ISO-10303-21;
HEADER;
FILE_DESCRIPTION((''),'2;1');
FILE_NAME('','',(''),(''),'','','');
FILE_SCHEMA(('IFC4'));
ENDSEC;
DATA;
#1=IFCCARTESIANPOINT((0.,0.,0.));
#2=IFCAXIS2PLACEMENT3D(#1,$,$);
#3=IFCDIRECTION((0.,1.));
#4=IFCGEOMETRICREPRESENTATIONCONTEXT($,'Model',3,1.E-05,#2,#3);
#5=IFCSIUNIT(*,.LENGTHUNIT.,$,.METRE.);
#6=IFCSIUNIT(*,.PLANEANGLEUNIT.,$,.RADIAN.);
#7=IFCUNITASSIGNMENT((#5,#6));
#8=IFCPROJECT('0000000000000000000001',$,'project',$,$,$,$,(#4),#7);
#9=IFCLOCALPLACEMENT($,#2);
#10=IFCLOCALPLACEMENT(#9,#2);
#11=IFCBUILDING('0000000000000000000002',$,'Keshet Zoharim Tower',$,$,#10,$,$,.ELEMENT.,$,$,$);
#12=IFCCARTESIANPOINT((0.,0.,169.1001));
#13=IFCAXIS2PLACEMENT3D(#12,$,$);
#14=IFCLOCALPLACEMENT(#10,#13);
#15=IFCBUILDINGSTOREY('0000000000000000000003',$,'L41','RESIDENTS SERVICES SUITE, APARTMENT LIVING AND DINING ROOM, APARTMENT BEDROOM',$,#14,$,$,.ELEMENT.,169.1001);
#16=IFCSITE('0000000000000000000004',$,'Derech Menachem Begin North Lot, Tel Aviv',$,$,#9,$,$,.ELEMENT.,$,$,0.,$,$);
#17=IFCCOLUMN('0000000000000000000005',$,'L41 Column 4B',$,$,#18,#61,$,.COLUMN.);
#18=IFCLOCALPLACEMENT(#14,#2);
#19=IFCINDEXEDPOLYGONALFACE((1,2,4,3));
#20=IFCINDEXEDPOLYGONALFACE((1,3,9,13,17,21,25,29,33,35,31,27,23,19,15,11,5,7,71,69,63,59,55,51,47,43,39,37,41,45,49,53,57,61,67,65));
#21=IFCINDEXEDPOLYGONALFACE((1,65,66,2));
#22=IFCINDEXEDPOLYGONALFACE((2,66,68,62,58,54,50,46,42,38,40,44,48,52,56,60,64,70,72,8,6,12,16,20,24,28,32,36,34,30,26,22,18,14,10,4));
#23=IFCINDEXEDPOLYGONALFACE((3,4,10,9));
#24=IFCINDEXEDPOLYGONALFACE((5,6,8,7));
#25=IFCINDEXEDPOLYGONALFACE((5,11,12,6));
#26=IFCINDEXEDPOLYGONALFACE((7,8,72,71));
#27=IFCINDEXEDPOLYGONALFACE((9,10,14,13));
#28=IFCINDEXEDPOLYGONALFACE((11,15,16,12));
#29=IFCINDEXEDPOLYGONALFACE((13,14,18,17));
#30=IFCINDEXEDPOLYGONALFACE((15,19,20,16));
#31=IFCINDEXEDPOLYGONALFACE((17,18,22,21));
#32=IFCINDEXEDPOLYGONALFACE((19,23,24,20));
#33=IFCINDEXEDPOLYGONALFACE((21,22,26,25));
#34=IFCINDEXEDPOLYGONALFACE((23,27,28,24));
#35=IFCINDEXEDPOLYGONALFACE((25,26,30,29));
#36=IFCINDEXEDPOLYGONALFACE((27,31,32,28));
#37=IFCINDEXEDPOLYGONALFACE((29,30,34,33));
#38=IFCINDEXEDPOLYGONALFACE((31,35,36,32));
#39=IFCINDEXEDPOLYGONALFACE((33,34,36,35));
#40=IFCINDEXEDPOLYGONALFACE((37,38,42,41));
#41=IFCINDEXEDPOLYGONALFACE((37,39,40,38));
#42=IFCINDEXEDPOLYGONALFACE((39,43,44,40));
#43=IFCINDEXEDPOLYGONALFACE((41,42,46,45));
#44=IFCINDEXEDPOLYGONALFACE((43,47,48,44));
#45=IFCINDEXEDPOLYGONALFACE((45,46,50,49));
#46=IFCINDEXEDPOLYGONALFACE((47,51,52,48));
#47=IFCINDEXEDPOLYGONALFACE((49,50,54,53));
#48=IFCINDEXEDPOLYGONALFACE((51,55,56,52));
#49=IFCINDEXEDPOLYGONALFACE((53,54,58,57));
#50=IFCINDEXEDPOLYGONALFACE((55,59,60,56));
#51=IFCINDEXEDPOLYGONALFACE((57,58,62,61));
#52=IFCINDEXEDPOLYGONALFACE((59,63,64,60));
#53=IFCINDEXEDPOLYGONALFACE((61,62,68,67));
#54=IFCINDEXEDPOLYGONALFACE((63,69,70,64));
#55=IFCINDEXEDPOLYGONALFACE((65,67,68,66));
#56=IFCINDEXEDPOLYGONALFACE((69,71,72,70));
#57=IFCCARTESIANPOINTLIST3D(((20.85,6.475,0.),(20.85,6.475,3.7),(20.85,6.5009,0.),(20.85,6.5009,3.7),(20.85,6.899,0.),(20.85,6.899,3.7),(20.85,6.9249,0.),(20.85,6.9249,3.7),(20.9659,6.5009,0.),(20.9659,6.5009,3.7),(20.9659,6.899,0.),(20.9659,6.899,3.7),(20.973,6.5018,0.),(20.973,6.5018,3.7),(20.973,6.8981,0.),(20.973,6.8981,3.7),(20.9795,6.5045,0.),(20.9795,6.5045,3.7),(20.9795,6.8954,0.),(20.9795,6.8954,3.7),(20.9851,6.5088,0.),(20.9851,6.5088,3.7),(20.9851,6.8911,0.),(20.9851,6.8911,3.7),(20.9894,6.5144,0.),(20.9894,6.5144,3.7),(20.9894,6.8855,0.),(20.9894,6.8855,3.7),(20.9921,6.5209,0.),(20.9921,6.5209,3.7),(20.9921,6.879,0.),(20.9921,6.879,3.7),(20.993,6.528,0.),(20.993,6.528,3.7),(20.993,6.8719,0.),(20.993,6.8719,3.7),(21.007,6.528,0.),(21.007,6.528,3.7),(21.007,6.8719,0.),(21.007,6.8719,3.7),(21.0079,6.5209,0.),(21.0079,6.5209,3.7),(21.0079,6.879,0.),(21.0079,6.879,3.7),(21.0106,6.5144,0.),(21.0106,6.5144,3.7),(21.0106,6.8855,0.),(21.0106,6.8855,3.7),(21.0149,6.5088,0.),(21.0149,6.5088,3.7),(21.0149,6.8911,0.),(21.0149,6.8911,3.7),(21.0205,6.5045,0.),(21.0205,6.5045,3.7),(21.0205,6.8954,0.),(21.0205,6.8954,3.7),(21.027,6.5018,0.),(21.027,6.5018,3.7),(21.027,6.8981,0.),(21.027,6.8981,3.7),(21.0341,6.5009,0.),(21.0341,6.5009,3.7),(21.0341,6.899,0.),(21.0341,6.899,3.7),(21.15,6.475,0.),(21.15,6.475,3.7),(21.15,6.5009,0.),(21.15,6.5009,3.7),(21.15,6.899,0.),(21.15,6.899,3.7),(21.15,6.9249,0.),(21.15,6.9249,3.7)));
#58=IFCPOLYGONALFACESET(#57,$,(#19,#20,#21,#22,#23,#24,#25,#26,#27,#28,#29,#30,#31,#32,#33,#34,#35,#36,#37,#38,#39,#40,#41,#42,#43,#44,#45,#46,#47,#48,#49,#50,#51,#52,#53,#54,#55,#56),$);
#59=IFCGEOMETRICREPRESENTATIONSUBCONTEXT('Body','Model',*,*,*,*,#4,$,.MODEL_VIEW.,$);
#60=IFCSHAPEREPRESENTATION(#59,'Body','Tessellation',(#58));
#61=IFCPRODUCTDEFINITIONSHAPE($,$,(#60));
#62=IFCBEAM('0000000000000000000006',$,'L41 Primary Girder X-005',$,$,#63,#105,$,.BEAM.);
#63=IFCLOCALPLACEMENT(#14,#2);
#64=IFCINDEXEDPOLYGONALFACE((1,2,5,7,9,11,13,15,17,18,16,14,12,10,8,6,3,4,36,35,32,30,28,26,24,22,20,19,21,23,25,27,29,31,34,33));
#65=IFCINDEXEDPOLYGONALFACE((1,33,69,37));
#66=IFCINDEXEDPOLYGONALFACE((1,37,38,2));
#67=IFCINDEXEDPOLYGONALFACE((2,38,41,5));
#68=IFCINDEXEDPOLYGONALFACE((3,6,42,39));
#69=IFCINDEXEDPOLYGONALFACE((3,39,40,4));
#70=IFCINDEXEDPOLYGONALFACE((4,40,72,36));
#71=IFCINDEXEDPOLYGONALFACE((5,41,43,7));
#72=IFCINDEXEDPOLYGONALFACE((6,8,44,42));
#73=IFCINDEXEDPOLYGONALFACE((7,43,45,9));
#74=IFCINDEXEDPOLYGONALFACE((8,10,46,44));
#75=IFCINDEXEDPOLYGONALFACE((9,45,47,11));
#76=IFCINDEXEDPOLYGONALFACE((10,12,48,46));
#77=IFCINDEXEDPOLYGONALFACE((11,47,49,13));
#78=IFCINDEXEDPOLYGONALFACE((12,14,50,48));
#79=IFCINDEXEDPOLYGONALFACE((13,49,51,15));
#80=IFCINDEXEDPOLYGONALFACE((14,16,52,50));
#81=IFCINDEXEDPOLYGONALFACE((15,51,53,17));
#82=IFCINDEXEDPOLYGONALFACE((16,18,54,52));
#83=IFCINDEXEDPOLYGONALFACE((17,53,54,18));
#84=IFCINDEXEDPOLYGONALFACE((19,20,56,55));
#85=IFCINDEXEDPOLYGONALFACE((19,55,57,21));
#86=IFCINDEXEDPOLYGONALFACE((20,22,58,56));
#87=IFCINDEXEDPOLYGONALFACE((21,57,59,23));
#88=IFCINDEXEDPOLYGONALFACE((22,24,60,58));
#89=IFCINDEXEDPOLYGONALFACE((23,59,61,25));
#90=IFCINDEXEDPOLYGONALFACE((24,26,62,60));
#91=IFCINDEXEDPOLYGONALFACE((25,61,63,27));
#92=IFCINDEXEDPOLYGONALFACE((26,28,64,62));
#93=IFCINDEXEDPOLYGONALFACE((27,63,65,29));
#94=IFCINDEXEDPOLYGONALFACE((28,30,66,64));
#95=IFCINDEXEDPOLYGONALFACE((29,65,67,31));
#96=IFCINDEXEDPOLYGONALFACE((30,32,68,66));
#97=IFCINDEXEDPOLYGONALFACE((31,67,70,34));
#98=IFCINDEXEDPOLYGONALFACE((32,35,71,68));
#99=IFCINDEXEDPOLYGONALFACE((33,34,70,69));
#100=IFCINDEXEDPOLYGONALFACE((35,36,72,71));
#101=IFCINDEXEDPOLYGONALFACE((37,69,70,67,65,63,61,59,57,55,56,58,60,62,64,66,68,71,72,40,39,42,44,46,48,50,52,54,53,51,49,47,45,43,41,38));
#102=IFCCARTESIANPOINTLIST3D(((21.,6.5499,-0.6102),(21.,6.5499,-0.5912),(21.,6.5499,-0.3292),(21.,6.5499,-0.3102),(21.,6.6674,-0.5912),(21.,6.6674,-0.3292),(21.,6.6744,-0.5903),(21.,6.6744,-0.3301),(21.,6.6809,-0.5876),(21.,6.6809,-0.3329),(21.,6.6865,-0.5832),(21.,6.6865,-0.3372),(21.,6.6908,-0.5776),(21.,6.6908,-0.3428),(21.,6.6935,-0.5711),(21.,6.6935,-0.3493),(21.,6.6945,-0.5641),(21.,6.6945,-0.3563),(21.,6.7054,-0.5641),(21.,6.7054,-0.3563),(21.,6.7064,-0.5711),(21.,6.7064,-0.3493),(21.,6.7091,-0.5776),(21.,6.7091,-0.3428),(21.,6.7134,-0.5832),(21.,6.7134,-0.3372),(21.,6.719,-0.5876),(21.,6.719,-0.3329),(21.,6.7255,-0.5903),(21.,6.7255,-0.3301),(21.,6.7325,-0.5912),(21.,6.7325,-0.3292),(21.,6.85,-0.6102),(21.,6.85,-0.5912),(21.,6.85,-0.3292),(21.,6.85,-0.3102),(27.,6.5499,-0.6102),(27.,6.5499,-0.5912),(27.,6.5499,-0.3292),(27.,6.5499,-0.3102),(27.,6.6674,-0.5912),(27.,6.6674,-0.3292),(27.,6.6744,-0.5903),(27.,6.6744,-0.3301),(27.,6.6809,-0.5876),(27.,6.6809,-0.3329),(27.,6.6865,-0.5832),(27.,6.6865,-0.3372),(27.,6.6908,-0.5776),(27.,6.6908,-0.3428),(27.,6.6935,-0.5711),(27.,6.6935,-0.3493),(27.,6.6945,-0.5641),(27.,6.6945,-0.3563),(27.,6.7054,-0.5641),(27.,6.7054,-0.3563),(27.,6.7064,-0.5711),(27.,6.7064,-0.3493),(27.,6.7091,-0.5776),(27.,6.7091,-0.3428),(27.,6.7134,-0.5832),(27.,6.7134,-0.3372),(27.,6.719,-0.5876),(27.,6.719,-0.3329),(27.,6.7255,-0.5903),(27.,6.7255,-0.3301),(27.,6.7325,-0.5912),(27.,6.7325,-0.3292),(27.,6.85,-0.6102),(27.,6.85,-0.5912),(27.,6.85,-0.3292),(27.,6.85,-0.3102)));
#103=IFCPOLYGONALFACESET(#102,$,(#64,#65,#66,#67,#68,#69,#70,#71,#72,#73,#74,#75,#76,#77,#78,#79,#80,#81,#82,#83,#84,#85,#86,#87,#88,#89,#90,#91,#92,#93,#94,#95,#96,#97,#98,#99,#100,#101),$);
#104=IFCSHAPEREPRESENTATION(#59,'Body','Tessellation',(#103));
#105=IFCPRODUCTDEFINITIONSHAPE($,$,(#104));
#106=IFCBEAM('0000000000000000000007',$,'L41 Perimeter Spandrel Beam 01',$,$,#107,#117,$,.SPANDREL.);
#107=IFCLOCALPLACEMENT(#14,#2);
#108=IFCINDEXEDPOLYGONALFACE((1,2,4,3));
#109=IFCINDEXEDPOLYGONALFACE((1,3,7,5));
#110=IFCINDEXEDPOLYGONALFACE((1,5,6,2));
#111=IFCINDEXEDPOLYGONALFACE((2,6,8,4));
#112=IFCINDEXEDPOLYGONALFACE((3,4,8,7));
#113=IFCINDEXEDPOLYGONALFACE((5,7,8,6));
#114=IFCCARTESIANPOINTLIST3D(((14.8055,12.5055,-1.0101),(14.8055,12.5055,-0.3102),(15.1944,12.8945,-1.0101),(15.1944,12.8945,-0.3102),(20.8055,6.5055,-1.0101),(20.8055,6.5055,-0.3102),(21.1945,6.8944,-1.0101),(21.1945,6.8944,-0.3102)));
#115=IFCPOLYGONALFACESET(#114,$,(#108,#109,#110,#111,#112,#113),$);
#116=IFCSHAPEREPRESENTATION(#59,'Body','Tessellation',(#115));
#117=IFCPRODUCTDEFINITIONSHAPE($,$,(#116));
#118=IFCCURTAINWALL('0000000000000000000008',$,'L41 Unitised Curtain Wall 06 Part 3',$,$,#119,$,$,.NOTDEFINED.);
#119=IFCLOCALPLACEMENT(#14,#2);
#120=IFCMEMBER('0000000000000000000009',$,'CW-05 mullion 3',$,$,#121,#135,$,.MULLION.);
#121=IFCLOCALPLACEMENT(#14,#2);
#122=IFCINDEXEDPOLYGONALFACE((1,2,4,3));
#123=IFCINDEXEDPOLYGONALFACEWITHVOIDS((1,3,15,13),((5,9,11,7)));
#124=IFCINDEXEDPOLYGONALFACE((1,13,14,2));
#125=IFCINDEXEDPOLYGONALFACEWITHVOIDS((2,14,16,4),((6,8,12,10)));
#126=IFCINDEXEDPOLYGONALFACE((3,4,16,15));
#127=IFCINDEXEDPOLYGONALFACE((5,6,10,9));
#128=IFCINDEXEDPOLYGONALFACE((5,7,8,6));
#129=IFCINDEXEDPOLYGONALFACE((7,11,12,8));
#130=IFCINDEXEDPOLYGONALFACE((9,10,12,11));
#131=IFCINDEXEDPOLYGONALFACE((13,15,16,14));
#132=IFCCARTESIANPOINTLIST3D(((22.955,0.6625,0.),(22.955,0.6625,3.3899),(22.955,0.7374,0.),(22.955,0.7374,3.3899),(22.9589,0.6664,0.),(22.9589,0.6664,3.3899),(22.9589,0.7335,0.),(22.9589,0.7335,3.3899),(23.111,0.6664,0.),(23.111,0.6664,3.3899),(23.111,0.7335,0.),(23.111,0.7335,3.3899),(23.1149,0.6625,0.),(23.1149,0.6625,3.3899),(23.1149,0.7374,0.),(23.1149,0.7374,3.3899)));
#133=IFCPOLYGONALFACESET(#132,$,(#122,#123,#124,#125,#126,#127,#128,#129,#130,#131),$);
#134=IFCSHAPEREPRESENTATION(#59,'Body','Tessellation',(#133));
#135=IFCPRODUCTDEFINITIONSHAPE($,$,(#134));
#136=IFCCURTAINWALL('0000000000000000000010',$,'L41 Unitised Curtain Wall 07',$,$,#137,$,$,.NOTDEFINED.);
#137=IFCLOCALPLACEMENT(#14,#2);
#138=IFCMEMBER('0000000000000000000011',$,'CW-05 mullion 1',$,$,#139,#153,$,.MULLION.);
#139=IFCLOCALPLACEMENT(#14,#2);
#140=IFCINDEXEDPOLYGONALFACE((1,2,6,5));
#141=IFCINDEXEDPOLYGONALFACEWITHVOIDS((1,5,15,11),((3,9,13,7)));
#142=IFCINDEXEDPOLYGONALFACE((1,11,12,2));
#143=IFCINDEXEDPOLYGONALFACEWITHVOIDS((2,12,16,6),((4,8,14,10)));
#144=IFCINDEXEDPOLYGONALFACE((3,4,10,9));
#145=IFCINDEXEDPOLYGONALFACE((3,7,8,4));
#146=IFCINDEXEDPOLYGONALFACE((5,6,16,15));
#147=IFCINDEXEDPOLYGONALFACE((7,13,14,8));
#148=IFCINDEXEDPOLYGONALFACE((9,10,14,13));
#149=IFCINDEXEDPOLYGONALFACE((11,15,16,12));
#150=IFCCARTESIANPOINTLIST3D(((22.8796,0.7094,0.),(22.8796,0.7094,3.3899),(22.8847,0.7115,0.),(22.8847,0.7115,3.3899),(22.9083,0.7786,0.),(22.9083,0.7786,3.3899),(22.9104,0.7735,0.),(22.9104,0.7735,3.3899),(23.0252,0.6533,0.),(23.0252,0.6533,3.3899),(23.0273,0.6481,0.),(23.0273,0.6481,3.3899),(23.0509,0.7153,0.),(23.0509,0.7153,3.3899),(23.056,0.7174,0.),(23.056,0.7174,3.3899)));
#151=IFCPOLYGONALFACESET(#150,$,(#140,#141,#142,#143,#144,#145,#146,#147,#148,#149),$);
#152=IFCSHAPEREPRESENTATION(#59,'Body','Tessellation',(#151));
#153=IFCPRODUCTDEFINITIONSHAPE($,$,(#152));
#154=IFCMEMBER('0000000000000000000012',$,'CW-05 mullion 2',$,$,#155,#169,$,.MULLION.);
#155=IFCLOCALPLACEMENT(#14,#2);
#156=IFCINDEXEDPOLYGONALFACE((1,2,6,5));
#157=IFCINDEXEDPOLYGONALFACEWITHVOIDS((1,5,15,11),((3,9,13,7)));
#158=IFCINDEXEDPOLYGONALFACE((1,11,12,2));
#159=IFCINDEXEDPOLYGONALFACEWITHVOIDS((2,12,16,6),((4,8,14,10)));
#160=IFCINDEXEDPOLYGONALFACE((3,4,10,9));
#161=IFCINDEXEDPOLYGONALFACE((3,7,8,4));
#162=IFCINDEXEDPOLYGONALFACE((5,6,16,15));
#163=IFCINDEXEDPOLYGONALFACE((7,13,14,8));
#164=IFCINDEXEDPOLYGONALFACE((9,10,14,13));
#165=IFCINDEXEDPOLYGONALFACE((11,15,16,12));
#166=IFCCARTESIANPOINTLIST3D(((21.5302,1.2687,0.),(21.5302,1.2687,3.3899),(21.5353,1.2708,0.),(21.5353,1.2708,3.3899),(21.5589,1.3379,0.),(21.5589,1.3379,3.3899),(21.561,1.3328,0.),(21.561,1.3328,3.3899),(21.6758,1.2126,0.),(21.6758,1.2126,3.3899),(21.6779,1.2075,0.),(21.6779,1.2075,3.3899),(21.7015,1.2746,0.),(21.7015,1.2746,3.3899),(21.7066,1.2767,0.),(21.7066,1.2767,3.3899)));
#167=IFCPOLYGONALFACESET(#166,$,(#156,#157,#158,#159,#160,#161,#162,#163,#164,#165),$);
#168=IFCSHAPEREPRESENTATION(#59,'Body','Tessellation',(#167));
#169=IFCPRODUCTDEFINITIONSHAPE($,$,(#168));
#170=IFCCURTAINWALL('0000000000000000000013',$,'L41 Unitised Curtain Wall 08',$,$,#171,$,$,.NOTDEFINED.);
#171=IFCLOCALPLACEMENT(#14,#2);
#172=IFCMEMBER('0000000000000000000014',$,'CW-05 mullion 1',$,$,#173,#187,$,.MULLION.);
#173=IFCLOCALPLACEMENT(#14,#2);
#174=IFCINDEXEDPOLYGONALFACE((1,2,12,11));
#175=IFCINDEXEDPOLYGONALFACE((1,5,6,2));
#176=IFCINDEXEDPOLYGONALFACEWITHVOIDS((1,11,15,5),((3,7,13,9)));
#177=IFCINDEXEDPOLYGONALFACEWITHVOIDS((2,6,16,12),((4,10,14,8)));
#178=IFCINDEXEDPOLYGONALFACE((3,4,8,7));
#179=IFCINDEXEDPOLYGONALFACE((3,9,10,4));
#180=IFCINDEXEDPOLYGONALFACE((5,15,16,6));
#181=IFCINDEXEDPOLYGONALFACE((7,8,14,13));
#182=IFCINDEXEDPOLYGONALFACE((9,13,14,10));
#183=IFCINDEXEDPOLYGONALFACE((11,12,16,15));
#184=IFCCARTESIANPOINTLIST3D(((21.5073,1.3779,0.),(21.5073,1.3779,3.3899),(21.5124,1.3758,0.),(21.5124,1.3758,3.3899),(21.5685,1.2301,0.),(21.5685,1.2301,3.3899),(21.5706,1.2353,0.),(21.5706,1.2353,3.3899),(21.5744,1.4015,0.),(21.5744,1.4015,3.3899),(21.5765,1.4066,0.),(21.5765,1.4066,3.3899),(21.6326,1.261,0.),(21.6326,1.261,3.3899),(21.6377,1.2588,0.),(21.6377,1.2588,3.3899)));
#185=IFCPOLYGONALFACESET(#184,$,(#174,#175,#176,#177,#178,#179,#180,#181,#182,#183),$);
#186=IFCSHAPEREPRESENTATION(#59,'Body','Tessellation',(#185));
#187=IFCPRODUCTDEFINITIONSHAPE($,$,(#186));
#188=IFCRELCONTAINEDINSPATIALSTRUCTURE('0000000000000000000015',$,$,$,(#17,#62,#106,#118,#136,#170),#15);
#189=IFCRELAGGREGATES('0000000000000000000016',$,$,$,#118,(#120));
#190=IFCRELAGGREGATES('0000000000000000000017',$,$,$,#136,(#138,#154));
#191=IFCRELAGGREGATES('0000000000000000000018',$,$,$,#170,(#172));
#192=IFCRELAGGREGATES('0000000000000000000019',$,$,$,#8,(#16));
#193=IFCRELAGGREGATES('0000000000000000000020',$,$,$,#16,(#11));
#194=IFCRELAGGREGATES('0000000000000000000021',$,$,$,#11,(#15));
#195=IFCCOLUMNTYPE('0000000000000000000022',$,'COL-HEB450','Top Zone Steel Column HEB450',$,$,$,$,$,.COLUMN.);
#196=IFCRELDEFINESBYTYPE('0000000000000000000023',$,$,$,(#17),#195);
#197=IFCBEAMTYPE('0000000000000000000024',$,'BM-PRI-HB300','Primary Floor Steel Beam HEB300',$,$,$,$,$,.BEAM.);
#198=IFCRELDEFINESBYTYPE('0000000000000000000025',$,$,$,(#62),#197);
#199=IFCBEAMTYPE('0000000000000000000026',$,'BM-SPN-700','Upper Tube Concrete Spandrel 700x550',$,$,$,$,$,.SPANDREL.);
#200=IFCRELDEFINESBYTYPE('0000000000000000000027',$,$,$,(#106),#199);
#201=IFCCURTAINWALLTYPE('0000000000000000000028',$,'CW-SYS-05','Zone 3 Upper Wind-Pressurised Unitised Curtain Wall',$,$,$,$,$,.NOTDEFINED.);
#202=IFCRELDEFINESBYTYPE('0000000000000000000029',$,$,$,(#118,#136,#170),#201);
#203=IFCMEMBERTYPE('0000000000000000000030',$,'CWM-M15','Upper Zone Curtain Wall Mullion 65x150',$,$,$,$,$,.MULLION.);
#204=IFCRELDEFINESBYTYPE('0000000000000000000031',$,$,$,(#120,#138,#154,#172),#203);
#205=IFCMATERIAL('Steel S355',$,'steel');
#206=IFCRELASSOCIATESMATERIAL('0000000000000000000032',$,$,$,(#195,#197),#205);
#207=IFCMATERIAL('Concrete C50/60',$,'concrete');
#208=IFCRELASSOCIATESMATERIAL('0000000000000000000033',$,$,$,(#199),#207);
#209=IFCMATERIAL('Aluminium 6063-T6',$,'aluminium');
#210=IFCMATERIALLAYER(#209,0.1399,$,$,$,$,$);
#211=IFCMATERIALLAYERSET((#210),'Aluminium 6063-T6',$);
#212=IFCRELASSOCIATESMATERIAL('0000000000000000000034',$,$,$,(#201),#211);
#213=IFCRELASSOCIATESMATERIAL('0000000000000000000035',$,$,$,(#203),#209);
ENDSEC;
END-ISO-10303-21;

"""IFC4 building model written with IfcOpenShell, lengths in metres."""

from ifc_helpers import new_model, si_unit, direction, frame, origin, origin_2d, place, context, subcontext, project, spatial, rectangle, hollow_rectangle, i_section, extrude, material, layer, layer_set, material_profile, profile_set, type_object, element, aggregate, save


model = new_model("IFC4")

# Units and contexts
model_context = context("Model", 3, precision=1e-05, world=origin(), true_north=direction((0.0, 1.0)))
body_context = subcontext(model_context, "Body", "Model", "MODEL_VIEW")
ifc_project = project(units=[si_unit("LENGTHUNIT", "METRE"), si_unit("PLANEANGLEUNIT", "RADIAN")], contexts=[model_context])

# Site, building, storey
site_placement = place(None, origin())
site = spatial("IfcSite", under=ifc_project, at=site_placement, Name="Derech Menachem Begin North Lot, Tel Aviv", CompositionType="ELEMENT", RefElevation=0.0)
building_placement = place(site_placement, origin())
building = spatial("IfcBuilding", under=site, at=building_placement, Name="Keshet Zoharim Tower", CompositionType="ELEMENT")
storey_placement = place(building_placement, frame((0.0, 0.0, 169.1001)))
storey = spatial("IfcBuildingStorey", under=building, at=storey_placement, Name="L41", Description="RESIDENTS SERVICES SUITE, APARTMENT LIVING AND DINING ROOM, APARTMENT BEDROOM", CompositionType="ELEMENT", Elevation=169.1001)

# Column
ifc_material_1 = material(Name="Steel S355", Category="steel")
ifc_material_profile_1 = material_profile(ifc_material_1, i_section(OverallWidth=0.3, OverallDepth=0.45, WebThickness=0.0139, FlangeThickness=0.0259, FilletRadius=0.0271, at=origin_2d()), Name="HEB450")
ifc_profile_set_1 = profile_set([ifc_material_profile_1], Name="Steel S355")
column_type = type_object("IfcColumnType", Name="COL-HEB450", Description="Top Zone Steel Column HEB450", PredefinedType="COLUMN", material=ifc_profile_set_1)
column_placement = place(storey_placement, frame((21.0, 6.7, 0.0), z_axis=(0.0, 0.0, 1.0), x_axis=(1.0, 0.0, 0.0)))
element("IfcColumn", 1, at=column_placement, inside=storey, type_object=column_type, Name="L41 Column 4B", PredefinedType="COLUMN", context=body_context, shape_type="SweptSolid", body=[
    extrude(i_section(OverallWidth=0.3, OverallDepth=0.45, WebThickness=0.0139, FlangeThickness=0.0259, FilletRadius=0.0271, at=origin_2d()), origin(), (0.0, 0.0, 1.0), 3.7),
])

# Beams
ifc_material_profile_2 = material_profile(ifc_material_1, i_section(OverallWidth=0.3, OverallDepth=0.3, WebThickness=0.011, FlangeThickness=0.019, FilletRadius=0.0271, at=origin_2d()), Name="HEB300")
ifc_profile_set_2 = profile_set([ifc_material_profile_2], Name="Steel S355")
beam_type_1 = type_object("IfcBeamType", Name="BM-PRI-HB300", Description="Primary Floor Steel Beam HEB300", PredefinedType="BEAM", material=ifc_profile_set_2)
beam_1_placement = place(storey_placement, frame((21.0, 6.7, -0.4602), z_axis=(1.0, 0.0, 0.0), x_axis=(0.0, 1.0, 0.0)))
element("IfcBeam", 2, at=beam_1_placement, inside=storey, type_object=beam_type_1, Name="L41 Primary Girder X-005", PredefinedType="BEAM", context=body_context, shape_type="SweptSolid", body=[
    extrude(i_section(OverallWidth=0.3, OverallDepth=0.3, WebThickness=0.011, FlangeThickness=0.019, FilletRadius=0.0271, at=origin_2d()), origin(), (0.0, 0.0, 1.0), 6.0),
])
ifc_material_2 = material(Name="Concrete C50/60", Category="concrete")
ifc_material_profile_3 = material_profile(ifc_material_2, rectangle(XDim=0.55, YDim=0.7, at=origin_2d()), Name="RC700x550")
ifc_profile_set_3 = profile_set([ifc_material_profile_3], Name="Concrete C50/60")
beam_type_2 = type_object("IfcBeamType", Name="BM-SPN-700", Description="Upper Tube Concrete Spandrel 700x550", PredefinedType="SPANDREL", material=ifc_profile_set_3)
beam_2_placement = place(storey_placement, frame((21.0, 6.7, -0.6602), z_axis=(-0.707107, 0.707107, 0.0), x_axis=(-0.707107, -0.707107, 0.0)))
element("IfcBeam", 3, at=beam_2_placement, inside=storey, type_object=beam_type_2, Name="L41 Perimeter Spandrel Beam 01", PredefinedType="SPANDREL", context=body_context, shape_type="SweptSolid", body=[
    extrude(rectangle(XDim=0.55, YDim=0.7, at=origin_2d()), origin(), (0.0, 0.0, 1.0), 8.4854),
])

# Curtain wall, member
ifc_material_3 = material(Name="Aluminium 6063-T6", Category="aluminium")
ifc_layer_1 = layer(ifc_material_3, 0.1399)
ifc_layer_set_1 = layer_set([ifc_layer_1], Name="Aluminium 6063-T6")
curtain_wall_type = type_object("IfcCurtainWallType", Name="CW-SYS-05", Description="Zone 3 Upper Wind-Pressurised Unitised Curtain Wall", PredefinedType="NOTDEFINED", material=ifc_layer_set_1)
curtain_wall_1_placement = place(storey_placement, origin())
curtain_wall_1 = element("IfcCurtainWall", 4, at=curtain_wall_1_placement, inside=storey, type_object=curtain_wall_type, Name="L41 Unitised Curtain Wall 06 Part 3", PredefinedType="NOTDEFINED")
ifc_material_profile_4 = material_profile(ifc_material_3, hollow_rectangle(XDim=0.075, YDim=0.1599, WallThickness=0.0039, at=origin_2d()), Name="MUL-75x160")
ifc_profile_set_4 = profile_set([ifc_material_profile_4], Name="Aluminium 6063-T6")
member_type_1 = type_object("IfcMemberType", Name="CWM-M15", Description="Upper Zone Curtain Wall Mullion 65x150", PredefinedType="MULLION", material=ifc_profile_set_4)
member_1_placement = place(storey_placement, frame((23.0349, 0.7, 0.0), z_axis=(0.0, 0.0, 1.0), x_axis=(0.0, -1.0, 0.0)))
member_1 = element("IfcMember", 5, at=member_1_placement, type_object=member_type_1, Name="CW-05 mullion 3", PredefinedType="MULLION", context=body_context, shape_type="SweptSolid", body=[
    extrude(hollow_rectangle(XDim=0.075, YDim=0.1599, WallThickness=0.0039, at=origin_2d()), origin(), (0.0, 0.0, 1.0), 3.3899),
])
aggregate(curtain_wall_1, [member_1])

# Curtain walls, members
curtain_wall_2_placement = place(storey_placement, origin())
curtain_wall_2 = element("IfcCurtainWall", 6, at=curtain_wall_2_placement, inside=storey, type_object=curtain_wall_type, Name="L41 Unitised Curtain Wall 07", PredefinedType="NOTDEFINED")
member_2_placement = place(storey_placement, frame((22.9678, 0.7134, 0.0), z_axis=(0.0, 0.0, 1.0), x_axis=(-0.382852, -0.92381, 0.0)))
member_2 = element("IfcMember", 7, at=member_2_placement, type_object=member_type_1, Name="CW-05 mullion 1", PredefinedType="MULLION", context=body_context, shape_type="SweptSolid", body=[
    extrude(hollow_rectangle(XDim=0.075, YDim=0.1599, WallThickness=0.0039, at=origin_2d()), origin(), (0.0, 0.0, 1.0), 3.3899),
])
member_3_placement = place(storey_placement, frame((21.6184, 1.2727, 0.0), z_axis=(0.0, 0.0, 1.0), x_axis=(-0.382852, -0.92381, 0.0)))
member_3 = element("IfcMember", 8, at=member_3_placement, type_object=member_type_1, Name="CW-05 mullion 2", PredefinedType="MULLION", context=body_context, shape_type="SweptSolid", body=[
    extrude(hollow_rectangle(XDim=0.075, YDim=0.1599, WallThickness=0.0039, at=origin_2d()), origin(), (0.0, 0.0, 1.0), 3.3899),
])
curtain_wall_3_placement = place(storey_placement, origin())
curtain_wall_3 = element("IfcCurtainWall", 9, at=curtain_wall_3_placement, inside=storey, type_object=curtain_wall_type, Name="L41 Unitised Curtain Wall 08", PredefinedType="NOTDEFINED")
member_4_placement = place(storey_placement, frame((21.5725, 1.3184, 0.0), z_axis=(0.0, 0.0, 1.0), x_axis=(-0.92381, -0.382852, 0.0)))
member_4 = element("IfcMember", 10, at=member_4_placement, type_object=member_type_1, Name="CW-05 mullion 1", PredefinedType="MULLION", context=body_context, shape_type="SweptSolid", body=[
    extrude(hollow_rectangle(XDim=0.075, YDim=0.1599, WallThickness=0.0039, at=origin_2d()), origin(), (0.0, 0.0, 1.0), 3.3899),
])

aggregate(curtain_wall_2, [member_2, member_3])
aggregate(curtain_wall_3, [member_4])

save(model, "model.ifc")
